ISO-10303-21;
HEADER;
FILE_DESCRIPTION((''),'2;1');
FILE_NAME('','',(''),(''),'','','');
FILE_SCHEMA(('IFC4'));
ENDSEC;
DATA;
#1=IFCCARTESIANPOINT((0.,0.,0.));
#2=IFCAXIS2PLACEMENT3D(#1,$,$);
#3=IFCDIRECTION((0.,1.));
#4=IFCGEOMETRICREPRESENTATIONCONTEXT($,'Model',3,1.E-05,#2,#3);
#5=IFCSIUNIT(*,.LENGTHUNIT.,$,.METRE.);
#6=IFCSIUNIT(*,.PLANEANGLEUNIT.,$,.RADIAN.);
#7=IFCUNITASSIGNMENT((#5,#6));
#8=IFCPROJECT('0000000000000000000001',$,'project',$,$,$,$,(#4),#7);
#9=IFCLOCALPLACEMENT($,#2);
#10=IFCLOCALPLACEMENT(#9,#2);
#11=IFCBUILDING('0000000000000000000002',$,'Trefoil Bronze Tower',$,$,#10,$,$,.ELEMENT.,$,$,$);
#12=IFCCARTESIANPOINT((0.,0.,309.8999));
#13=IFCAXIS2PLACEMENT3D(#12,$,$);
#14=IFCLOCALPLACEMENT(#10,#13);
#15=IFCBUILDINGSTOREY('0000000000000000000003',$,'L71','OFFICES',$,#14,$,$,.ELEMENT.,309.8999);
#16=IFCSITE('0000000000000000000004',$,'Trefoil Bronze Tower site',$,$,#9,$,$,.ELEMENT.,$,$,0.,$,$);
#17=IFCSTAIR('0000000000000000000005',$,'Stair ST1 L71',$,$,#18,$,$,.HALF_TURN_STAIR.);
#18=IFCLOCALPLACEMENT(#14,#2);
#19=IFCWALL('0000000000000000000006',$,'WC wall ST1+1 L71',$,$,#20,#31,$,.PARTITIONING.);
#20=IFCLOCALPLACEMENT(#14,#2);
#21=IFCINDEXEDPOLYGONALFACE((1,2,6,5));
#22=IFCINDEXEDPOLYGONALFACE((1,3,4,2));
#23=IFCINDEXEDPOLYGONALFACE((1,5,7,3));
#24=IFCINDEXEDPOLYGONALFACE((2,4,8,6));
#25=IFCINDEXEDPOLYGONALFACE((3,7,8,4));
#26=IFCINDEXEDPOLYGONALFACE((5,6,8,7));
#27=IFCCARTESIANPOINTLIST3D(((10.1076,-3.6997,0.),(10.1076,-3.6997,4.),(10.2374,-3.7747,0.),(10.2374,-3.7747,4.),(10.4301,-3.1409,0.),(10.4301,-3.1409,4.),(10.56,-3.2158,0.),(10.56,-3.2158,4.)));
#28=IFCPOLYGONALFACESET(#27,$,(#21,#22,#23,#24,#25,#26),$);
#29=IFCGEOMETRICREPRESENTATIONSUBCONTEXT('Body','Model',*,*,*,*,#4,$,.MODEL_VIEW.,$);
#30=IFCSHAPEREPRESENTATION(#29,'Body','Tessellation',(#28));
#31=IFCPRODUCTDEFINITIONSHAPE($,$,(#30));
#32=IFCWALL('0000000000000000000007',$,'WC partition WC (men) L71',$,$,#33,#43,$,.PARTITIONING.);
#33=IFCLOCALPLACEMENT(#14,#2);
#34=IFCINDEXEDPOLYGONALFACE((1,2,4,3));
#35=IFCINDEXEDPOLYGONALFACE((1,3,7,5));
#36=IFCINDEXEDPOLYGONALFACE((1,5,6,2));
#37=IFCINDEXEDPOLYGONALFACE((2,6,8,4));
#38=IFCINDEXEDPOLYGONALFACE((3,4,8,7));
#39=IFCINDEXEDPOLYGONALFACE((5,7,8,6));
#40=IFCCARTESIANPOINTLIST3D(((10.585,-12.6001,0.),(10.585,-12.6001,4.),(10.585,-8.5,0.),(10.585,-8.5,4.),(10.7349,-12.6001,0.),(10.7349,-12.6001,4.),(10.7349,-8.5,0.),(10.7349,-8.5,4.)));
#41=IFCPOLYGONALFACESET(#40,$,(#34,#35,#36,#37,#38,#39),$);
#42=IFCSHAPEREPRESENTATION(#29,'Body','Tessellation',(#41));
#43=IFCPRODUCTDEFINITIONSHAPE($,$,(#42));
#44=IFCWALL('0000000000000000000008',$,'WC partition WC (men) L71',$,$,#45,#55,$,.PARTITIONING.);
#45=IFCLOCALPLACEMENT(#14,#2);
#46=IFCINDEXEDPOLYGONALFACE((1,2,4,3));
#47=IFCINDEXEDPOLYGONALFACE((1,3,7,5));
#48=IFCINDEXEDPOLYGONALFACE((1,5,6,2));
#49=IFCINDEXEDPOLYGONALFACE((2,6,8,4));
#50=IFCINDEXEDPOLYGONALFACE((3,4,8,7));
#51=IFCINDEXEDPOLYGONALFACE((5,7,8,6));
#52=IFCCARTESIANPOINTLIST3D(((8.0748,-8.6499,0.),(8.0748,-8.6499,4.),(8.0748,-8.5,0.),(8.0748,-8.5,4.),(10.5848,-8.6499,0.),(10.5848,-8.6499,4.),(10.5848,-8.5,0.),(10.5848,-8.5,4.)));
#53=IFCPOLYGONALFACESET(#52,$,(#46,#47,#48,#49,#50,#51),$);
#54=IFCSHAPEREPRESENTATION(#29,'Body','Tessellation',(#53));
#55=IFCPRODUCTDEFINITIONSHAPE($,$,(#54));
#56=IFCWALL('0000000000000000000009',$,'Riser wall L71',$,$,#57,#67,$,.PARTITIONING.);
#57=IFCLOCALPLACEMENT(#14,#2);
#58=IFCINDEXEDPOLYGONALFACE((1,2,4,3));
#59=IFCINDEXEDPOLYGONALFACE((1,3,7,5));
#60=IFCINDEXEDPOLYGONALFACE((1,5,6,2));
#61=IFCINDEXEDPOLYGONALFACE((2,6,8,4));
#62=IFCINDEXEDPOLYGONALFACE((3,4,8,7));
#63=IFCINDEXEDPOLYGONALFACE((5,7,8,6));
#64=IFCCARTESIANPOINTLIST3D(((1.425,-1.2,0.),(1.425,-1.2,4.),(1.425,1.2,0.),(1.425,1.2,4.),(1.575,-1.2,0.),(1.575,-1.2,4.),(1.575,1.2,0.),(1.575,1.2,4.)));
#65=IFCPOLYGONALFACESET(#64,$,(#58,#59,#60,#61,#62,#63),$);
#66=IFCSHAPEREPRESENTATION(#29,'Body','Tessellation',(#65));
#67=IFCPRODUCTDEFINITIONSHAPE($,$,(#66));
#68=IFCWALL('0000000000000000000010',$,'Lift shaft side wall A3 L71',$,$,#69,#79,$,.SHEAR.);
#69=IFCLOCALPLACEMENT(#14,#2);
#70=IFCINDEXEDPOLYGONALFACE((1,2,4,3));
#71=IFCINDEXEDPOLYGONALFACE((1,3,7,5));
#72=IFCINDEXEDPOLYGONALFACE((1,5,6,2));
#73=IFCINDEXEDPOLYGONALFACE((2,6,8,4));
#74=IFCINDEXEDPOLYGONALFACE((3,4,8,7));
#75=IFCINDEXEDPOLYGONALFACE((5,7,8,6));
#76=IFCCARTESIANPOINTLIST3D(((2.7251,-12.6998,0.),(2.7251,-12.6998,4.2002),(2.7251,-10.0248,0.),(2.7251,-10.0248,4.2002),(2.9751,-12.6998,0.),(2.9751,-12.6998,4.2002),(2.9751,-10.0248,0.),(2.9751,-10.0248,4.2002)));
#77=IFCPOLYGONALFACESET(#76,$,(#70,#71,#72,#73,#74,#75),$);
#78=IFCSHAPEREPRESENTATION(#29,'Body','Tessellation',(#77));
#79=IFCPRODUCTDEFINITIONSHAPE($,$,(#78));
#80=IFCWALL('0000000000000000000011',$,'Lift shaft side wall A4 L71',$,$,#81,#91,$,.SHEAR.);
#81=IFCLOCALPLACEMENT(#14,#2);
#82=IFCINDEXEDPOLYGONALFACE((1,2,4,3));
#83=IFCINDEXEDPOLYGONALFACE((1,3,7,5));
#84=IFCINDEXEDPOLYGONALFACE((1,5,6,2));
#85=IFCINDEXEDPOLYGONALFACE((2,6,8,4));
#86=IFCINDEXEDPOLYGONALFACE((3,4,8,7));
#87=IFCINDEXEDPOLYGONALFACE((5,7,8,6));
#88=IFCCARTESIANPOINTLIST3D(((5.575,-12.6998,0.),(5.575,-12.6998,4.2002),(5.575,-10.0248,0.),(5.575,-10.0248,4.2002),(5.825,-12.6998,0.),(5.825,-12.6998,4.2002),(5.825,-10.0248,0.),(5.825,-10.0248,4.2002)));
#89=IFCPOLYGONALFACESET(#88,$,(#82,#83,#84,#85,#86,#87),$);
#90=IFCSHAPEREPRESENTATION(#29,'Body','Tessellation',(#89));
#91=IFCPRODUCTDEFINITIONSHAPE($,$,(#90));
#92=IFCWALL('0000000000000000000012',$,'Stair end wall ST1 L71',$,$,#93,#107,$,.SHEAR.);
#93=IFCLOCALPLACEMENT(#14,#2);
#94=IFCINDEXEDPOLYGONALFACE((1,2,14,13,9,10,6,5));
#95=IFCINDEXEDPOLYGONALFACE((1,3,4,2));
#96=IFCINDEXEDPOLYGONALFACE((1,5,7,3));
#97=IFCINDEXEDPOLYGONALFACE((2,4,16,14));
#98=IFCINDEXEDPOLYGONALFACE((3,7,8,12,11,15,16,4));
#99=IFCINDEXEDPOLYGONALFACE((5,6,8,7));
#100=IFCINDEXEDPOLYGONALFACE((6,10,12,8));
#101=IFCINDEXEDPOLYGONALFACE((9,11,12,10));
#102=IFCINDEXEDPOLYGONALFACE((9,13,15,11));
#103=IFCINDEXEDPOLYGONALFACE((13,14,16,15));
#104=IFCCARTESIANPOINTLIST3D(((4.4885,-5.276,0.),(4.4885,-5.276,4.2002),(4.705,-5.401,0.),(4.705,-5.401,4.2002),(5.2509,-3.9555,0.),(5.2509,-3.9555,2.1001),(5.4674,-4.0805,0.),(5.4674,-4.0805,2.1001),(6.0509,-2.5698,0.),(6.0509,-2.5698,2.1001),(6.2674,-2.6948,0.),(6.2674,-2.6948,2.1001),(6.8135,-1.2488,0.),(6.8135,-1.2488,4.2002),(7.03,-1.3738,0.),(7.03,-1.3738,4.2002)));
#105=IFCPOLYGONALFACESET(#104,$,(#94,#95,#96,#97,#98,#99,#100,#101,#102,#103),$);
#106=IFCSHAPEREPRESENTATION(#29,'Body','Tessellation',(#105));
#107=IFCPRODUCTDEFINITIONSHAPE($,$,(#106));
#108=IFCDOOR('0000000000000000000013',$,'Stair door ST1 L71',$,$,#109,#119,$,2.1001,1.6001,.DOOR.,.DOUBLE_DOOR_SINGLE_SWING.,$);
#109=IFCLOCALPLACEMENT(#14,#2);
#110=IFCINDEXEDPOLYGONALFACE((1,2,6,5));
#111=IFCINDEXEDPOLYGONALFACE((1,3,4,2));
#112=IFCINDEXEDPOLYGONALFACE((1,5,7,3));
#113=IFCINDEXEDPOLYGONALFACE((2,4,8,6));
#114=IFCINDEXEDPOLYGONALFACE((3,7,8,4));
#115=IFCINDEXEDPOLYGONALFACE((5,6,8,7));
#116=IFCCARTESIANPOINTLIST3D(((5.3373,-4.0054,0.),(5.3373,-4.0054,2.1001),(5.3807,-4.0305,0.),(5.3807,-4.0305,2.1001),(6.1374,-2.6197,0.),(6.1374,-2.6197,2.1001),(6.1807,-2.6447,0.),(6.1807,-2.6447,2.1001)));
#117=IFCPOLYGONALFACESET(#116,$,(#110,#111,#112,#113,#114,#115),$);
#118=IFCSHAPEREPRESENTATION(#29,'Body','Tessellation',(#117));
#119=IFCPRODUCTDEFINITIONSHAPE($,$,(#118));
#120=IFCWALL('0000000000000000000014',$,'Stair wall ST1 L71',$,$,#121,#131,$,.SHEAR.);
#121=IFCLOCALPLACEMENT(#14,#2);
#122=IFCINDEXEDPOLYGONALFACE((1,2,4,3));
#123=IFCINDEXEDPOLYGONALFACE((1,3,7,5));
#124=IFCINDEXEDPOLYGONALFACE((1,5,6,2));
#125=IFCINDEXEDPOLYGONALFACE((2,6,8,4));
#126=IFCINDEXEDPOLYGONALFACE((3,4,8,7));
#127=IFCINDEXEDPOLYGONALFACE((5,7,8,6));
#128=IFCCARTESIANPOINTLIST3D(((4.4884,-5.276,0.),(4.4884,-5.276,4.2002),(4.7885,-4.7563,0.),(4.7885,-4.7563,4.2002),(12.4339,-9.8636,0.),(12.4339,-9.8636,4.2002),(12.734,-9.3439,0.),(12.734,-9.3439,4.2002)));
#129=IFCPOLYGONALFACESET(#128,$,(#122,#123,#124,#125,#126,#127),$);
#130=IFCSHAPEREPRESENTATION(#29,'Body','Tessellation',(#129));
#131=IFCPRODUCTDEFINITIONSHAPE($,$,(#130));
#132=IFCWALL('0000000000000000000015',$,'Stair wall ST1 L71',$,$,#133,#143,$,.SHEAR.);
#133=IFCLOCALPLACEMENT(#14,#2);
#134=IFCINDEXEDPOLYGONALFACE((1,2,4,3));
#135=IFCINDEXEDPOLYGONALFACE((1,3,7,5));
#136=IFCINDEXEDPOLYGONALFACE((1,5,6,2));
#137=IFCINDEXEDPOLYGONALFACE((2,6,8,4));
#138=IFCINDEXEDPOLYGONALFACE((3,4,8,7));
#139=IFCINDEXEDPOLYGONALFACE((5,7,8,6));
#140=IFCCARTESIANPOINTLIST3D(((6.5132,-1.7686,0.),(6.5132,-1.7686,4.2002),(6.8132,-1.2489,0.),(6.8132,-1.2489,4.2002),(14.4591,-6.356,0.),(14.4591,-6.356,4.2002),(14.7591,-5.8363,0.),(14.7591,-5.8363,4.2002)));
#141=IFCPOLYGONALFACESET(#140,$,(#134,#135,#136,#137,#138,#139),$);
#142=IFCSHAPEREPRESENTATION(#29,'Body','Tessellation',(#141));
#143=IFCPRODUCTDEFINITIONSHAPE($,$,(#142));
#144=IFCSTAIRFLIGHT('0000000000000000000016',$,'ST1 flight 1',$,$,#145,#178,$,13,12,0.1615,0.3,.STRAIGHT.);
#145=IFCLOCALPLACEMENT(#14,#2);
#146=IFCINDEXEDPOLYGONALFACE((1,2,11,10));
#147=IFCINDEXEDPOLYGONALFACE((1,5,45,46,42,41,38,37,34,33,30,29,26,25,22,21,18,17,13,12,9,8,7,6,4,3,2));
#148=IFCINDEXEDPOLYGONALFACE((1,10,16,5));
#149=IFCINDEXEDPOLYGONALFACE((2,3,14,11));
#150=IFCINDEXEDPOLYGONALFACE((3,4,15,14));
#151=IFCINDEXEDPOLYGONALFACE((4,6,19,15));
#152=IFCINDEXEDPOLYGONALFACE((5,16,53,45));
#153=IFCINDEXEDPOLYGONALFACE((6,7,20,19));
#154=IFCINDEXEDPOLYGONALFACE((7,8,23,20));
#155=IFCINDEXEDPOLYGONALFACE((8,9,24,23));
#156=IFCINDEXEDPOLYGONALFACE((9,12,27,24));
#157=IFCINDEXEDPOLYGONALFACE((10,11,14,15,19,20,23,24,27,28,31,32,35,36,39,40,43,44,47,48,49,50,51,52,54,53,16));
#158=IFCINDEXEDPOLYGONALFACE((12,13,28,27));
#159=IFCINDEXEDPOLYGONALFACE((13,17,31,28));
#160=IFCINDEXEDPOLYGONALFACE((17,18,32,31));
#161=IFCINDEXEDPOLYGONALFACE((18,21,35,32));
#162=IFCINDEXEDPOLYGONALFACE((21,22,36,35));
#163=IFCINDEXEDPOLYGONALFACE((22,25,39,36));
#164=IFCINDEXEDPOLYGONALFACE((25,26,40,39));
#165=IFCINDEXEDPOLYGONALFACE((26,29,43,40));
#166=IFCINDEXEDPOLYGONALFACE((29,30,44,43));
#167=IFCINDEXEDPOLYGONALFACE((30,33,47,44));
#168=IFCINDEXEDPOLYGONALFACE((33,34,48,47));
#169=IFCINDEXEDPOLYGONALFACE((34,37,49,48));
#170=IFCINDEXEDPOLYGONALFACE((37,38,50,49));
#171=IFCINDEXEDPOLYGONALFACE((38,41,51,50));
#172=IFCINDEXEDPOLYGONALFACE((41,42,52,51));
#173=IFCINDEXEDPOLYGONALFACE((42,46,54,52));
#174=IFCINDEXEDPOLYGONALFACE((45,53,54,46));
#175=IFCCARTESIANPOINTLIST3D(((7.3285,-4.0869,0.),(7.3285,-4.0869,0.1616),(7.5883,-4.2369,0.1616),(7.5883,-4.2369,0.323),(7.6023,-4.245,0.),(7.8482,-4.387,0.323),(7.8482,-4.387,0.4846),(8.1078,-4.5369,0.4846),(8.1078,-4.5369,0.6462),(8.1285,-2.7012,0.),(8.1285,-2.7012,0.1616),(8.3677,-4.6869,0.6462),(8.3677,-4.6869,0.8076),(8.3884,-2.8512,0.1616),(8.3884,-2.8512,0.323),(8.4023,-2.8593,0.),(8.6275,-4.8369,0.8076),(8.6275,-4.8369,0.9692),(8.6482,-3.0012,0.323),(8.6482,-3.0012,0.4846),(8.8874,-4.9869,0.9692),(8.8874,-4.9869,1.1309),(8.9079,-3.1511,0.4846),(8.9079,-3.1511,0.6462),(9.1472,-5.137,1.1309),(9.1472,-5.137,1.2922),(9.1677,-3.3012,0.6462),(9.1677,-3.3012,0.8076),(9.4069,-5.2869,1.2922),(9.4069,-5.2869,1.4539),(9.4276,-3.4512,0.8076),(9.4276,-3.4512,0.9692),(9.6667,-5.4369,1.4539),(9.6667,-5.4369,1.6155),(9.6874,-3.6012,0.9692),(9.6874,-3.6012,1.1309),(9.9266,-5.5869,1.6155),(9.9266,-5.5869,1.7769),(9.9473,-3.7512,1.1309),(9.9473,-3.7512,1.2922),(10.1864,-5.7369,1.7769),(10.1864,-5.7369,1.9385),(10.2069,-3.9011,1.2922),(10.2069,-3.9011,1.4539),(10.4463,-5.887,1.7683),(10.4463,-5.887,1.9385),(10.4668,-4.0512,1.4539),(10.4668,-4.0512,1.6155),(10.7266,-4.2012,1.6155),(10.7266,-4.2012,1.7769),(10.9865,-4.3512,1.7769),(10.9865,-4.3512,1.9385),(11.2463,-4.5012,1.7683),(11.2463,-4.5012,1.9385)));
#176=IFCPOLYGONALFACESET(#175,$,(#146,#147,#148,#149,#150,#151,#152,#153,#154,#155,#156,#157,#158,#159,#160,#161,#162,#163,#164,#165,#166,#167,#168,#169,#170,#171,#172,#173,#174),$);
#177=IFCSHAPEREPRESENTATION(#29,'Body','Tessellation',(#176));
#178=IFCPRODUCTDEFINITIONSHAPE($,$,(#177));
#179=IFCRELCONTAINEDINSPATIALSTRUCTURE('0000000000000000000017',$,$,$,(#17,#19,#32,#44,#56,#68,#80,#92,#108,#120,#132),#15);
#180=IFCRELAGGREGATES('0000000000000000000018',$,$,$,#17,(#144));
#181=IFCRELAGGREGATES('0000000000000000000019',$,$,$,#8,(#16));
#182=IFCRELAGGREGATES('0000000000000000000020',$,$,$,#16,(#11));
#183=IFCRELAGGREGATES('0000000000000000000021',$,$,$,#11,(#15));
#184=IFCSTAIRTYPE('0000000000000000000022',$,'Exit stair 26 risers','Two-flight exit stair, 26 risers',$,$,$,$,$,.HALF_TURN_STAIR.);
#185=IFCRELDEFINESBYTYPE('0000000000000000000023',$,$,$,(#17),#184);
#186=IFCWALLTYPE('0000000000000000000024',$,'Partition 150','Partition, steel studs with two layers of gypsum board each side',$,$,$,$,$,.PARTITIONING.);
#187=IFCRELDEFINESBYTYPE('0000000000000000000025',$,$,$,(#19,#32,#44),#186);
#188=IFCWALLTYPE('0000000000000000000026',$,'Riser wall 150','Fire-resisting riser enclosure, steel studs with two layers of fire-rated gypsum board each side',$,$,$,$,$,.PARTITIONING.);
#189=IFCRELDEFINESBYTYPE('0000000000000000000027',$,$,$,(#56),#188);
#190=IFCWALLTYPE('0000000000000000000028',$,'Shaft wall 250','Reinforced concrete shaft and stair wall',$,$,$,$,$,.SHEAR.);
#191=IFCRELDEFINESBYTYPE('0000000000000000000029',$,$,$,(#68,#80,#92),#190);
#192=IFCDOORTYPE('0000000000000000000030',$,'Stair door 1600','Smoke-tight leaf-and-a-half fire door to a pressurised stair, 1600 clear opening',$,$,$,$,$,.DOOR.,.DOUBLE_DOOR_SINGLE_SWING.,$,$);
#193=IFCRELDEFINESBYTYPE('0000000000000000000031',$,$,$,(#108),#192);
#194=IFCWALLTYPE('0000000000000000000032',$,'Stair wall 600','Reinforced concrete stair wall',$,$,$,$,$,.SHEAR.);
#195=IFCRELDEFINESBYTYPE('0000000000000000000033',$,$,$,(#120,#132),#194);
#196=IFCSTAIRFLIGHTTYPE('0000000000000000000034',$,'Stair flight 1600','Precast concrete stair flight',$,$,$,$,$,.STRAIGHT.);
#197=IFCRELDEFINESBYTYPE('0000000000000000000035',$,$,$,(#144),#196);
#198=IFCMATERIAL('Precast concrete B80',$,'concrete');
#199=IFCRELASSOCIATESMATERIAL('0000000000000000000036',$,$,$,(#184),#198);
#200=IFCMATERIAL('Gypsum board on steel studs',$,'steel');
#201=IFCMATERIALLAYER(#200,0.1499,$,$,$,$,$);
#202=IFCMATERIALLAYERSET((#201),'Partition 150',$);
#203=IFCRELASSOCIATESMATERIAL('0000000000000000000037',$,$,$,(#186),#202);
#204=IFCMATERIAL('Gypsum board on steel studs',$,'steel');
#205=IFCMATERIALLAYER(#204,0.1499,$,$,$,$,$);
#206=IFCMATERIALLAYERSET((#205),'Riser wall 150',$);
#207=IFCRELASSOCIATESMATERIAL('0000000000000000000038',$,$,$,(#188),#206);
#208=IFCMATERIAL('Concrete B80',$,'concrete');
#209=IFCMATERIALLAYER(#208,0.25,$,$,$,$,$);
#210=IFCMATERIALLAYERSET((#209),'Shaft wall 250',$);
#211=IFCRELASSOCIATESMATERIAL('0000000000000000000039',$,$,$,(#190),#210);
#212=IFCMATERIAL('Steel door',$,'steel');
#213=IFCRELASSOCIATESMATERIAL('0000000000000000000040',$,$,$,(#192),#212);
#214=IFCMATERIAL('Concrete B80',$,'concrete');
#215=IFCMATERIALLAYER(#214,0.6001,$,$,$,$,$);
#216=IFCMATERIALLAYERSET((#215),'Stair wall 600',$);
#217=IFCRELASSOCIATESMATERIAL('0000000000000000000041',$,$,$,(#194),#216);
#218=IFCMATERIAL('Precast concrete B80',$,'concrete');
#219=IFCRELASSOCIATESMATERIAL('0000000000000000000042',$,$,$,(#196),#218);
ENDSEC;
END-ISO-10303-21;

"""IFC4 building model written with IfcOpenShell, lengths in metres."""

from ifc_helpers import new_model, si_unit, direction, frame, frame_2d, origin, place, context, subcontext, project, spatial, polyline, rectangle, outline, extrude, material, layer, layer_set, type_object, element, fill, aggregate, save


model = new_model("IFC4")

# Units and contexts
model_context = context("Model", 3, precision=1e-05, world=origin(), true_north=direction((0.0, 1.0)))
body_context = subcontext(model_context, "Body", "Model", "MODEL_VIEW")
ifc_project = project(units=[si_unit("LENGTHUNIT", "METRE"), si_unit("PLANEANGLEUNIT", "RADIAN")], contexts=[model_context])

# Site, building, storey
site_placement = place(None, origin())
site = spatial("IfcSite", under=ifc_project, at=site_placement, Name="Trefoil Bronze Tower site", CompositionType="ELEMENT", RefElevation=0.0)
building_placement = place(site_placement, origin())
building = spatial("IfcBuilding", under=site, at=building_placement, Name="Trefoil Bronze Tower", CompositionType="ELEMENT")
storey_placement = place(building_placement, frame((0.0, 0.0, 309.8999)))
storey = spatial("IfcBuildingStorey", under=building, at=storey_placement, Name="L71", Description="OFFICES", CompositionType="ELEMENT", Elevation=309.8999)

# Stair
ifc_material_1 = material(Name="Precast concrete B80", Category="concrete")
stair_type = type_object("IfcStairType", Name="Exit stair 26 risers", Description="Two-flight exit stair, 26 risers", PredefinedType="HALF_TURN_STAIR", material=ifc_material_1)
stair_1_placement = place(storey_placement, origin())
stair_1 = element("IfcStair", 1, at=stair_1_placement, inside=storey, type_object=stair_type, Name="Stair ST1 L71", PredefinedType="HALF_TURN_STAIR")

# Shared definitions
ifc_material_2 = material(Name="Gypsum board on steel studs", Category="steel")
ifc_layer_1 = layer(ifc_material_2, 0.1499)
ifc_layer_set_1 = layer_set([ifc_layer_1], Name="Partition 150")
wall_type_1 = type_object("IfcWallType", Name="Partition 150", Description="Partition, steel studs with two layers of gypsum board each side", PredefinedType="PARTITIONING", material=ifc_layer_set_1)

# Walls
for number, where, z_axis, x_axis, name in (
    (2, (10.4951, -3.1782, 0.0), (0.0, 0.0, 1.0), (-0.499843, -0.866116, 0.0), "WC wall ST1+1 L71"),
):
    element("IfcWall", number, at=place(storey_placement, frame(where, z_axis=z_axis, x_axis=x_axis)), inside=storey, type_object=wall_type_1, Name=name, PredefinedType="PARTITIONING", context=body_context, shape_type="SweptSolid", body=[
        extrude(rectangle(XDim=0.6453, YDim=0.1499, at=frame_2d((0.3228, 0.0))), origin(), (0.0, 0.0, 1.0), 4.0),
    ])
wall_1_placement = place(storey_placement, frame((10.6599, -8.5, 0.0), z_axis=(0.0, 0.0, 1.0), x_axis=(0.0, -1.0, 0.0)))
element("IfcWall", 3, at=wall_1_placement, inside=storey, type_object=wall_type_1, Name="WC partition WC (men) L71", PredefinedType="PARTITIONING", context=body_context, shape_type="SweptSolid", body=[
    extrude(rectangle(XDim=4.1001, YDim=0.1499, at=frame_2d((2.05, 0.0))), origin(), (0.0, 0.0, 1.0), 4.0),
])
wall_2_placement = place(storey_placement, frame((8.075, -8.575, 0.0), z_axis=(0.0, 0.0, 1.0), x_axis=(1.0, 0.0, 0.0)))
element("IfcWall", 4, at=wall_2_placement, inside=storey, type_object=wall_type_1, Name="WC partition WC (men) L71", PredefinedType="PARTITIONING", context=body_context, shape_type="SweptSolid", body=[
    extrude(rectangle(XDim=2.51, YDim=0.1499, at=frame_2d((1.2549, 0.0))), origin(), (0.0, 0.0, 1.0), 4.0),
])
ifc_material_3 = material(Name="Gypsum board on steel studs", Category="steel")
ifc_layer_2 = layer(ifc_material_3, 0.1499)
ifc_layer_set_2 = layer_set([ifc_layer_2], Name="Riser wall 150")
wall_type_2 = type_object("IfcWallType", Name="Riser wall 150", Description="Fire-resisting riser enclosure, steel studs with two layers of fire-rated gypsum board each side", PredefinedType="PARTITIONING", material=ifc_layer_set_2)
wall_3_placement = place(storey_placement, frame((1.5, -1.2, 0.0), z_axis=(0.0, 0.0, 1.0), x_axis=(0.0, 1.0, 0.0)))
element("IfcWall", 5, at=wall_3_placement, inside=storey, type_object=wall_type_2, Name="Riser wall L71", PredefinedType="PARTITIONING", context=body_context, shape_type="SweptSolid", body=[
    extrude(rectangle(XDim=2.3999, YDim=0.1499, at=frame_2d((1.2, 0.0))), origin(), (0.0, 0.0, 1.0), 4.0),
])
ifc_material_4 = material(Name="Concrete B80", Category="concrete")
ifc_layer_3 = layer(ifc_material_4, 0.25)
ifc_layer_set_3 = layer_set([ifc_layer_3], Name="Shaft wall 250")
wall_type_3 = type_object("IfcWallType", Name="Shaft wall 250", Description="Reinforced concrete shaft and stair wall", PredefinedType="SHEAR", material=ifc_layer_set_3)
for number, where, z_axis, x_axis, name in (
    (6, (2.8501, -10.0249, 0.0), (0.0, 0.0, 1.0), (0.0, -1.0, 0.0), "Lift shaft side wall A3 L71"),
    (7, (5.7, -10.0249, 0.0), (0.0, 0.0, 1.0), (0.0, -1.0, 0.0), "Lift shaft side wall A4 L71"),
):
    element("IfcWall", number, at=place(storey_placement, frame(where, z_axis=z_axis, x_axis=x_axis)), inside=storey, type_object=wall_type_3, Name=name, PredefinedType="SHEAR", context=body_context, shape_type="SweptSolid", body=[
        extrude(rectangle(XDim=2.675, YDim=0.25, at=frame_2d((1.3374, 0.0))), origin(), (0.0, 0.0, 1.0), 4.2002),
    ])

# Wall, opening, door
wall_4_placement = place(storey_placement, frame((4.5967, -5.3386, 0.0), z_axis=(0.0, 0.0, 1.0), x_axis=(0.499985, 0.866034, 0.0)))
wall_4 = element("IfcWall", 8, at=wall_4_placement, inside=storey, type_object=wall_type_3, Name="Stair end wall ST1 L71", PredefinedType="SHEAR", context=body_context, shape_type="SweptSolid", body=[
    extrude(rectangle(XDim=4.6501, YDim=0.25, at=frame_2d((2.3252, 0.0))), origin(), (0.0, 0.0, 1.0), 4.2002),
])
opening_1_placement = place(wall_4_placement, frame((1.5249, 0.0, 0.0)))
opening_1 = element("IfcOpeningElement", 9, at=opening_1_placement, cuts=wall_4, PredefinedType="OPENING", context=body_context, shape_type="SweptSolid", body=[
    extrude(rectangle(XDim=1.6001, YDim=2.1001, at=frame_2d((0.8, 1.05))), frame((0.0, 0.135, 0.0), z_axis=(0.0, -1.0, 0.0), x_axis=(1.0, 0.0, 0.0)), (0.0, 0.0, 1.0), 0.27),
])
ifc_material_5 = material(Name="Steel door", Category="steel")
door_type_1 = type_object("IfcDoorType", Name="Stair door 1600", Description="Smoke-tight leaf-and-a-half fire door to a pressurised stair, 1600 clear opening", OperationType="DOUBLE_DOOR_SINGLE_SWING", PredefinedType="DOOR", material=ifc_material_5)
door_1_placement = place(opening_1_placement, frame((1.6001, 0.0, 0.0), z_axis=(0.0, 0.0, 1.0), x_axis=(-1.0, 0.0, 0.0)))
door_1 = element("IfcDoor", 10, at=door_1_placement, inside=storey, type_object=door_type_1, Name="Stair door ST1 L71", OperationType="DOUBLE_DOOR_SINGLE_SWING", OverallHeight=2.1001, OverallWidth=1.6001, PredefinedType="DOOR", context=body_context, shape_type="SweptSolid", body=[
    extrude(rectangle(XDim=1.6001, YDim=2.1001, at=frame_2d((0.8, 1.05))), frame((0.0, 0.0249, 0.0), z_axis=(0.0, -1.0, 0.0), x_axis=(1.0, 0.0, 0.0)), (0.0, 0.0, 1.0), 0.05),
])
fill(opening_1, door_1)

# Walls
ifc_material_6 = material(Name="Concrete B80", Category="concrete")
ifc_layer_4 = layer(ifc_material_6, 0.6001)
ifc_layer_set_4 = layer_set([ifc_layer_4], Name="Stair wall 600")
wall_type_4 = type_object("IfcWallType", Name="Stair wall 600", Description="Reinforced concrete stair wall", PredefinedType="SHEAR", material=ifc_layer_set_4)
wall_5_placement = place(storey_placement, frame((4.6384, -5.0161, 0.0), z_axis=(0.0, 0.0, 1.0), x_axis=(0.866012, -0.500023, 0.0)))
element("IfcWall", 11, at=wall_5_placement, inside=storey, type_object=wall_type_4, Name="Stair wall ST1 L71", PredefinedType="SHEAR", context=body_context, shape_type="SweptSolid", body=[
    extrude(rectangle(XDim=9.1748, YDim=0.6001, at=frame_2d((4.5874, 0.0))), origin(), (0.0, 0.0, 1.0), 4.2002),
])
wall_6_placement = place(storey_placement, frame((6.6633, -1.5088, 0.0), z_axis=(0.0, 0.0, 1.0), x_axis=(0.86603, -0.499991, 0.0)))
element("IfcWall", 12, at=wall_6_placement, inside=storey, type_object=wall_type_4, Name="Stair wall ST1 L71", PredefinedType="SHEAR", context=body_context, shape_type="SweptSolid", body=[
    extrude(rectangle(XDim=9.175, YDim=0.6001, at=frame_2d((4.5874, 0.0))), origin(), (0.0, 0.0, 1.0), 4.2002),
])

# Stair flight
ifc_material_7 = material(Name="Precast concrete B80", Category="concrete")
stair_flight_type = type_object("IfcStairFlightType", Name="Stair flight 1600", Description="Precast concrete stair flight", PredefinedType="STRAIGHT", material=ifc_material_7)
stair_flight_1_placement = place(storey_placement, frame((7.7285, -3.394, 0.0), z_axis=(0.0, 0.0, 1.0), x_axis=(0.866025, -0.5, 0.0)))
stair_flight_1 = element("IfcStairFlight", 13, at=stair_flight_1_placement, type_object=stair_flight_type, Name="ST1 flight 1", NumberOfRisers=13, NumberOfTreads=12, PredefinedType="STRAIGHT", RiserHeight=0.1615, TreadLength=0.3, context=body_context, shape_type="SweptSolid", body=[
    extrude(outline(polyline([(0.0, 0.0), (0.0, 0.1616), (0.3, 0.1616), (0.3, 0.323), (0.6001, 0.323), (0.6001, 0.4846), (0.8999, 0.4846), (0.8999, 0.6462), (1.2, 0.6462), (1.2, 0.8076), (1.5, 0.8076), (1.5, 0.9692), (1.8, 0.9692), (1.8, 1.1309), (2.1001, 1.1309), (2.1001, 1.2922), (2.3999, 1.2922), (2.3999, 1.4539), (2.7, 1.4539), (2.7, 1.6155), (3.0, 1.6155), (3.0, 1.7769), (3.3, 1.7769), (3.3, 1.9385), (3.6001, 1.9385), (3.6001, 2.1001), (3.6001, 1.7683), (0.3162, 0.0), (0.0, 0.0)])), frame((0.0, 0.8, 0.0), z_axis=(0.0, -1.0, 0.0), x_axis=(1.0, 0.0, 0.0)), (0.0, 0.0, 1.0), 1.6001),
])
aggregate(stair_1, [stair_flight_1])

save(model, "model.ifc")
